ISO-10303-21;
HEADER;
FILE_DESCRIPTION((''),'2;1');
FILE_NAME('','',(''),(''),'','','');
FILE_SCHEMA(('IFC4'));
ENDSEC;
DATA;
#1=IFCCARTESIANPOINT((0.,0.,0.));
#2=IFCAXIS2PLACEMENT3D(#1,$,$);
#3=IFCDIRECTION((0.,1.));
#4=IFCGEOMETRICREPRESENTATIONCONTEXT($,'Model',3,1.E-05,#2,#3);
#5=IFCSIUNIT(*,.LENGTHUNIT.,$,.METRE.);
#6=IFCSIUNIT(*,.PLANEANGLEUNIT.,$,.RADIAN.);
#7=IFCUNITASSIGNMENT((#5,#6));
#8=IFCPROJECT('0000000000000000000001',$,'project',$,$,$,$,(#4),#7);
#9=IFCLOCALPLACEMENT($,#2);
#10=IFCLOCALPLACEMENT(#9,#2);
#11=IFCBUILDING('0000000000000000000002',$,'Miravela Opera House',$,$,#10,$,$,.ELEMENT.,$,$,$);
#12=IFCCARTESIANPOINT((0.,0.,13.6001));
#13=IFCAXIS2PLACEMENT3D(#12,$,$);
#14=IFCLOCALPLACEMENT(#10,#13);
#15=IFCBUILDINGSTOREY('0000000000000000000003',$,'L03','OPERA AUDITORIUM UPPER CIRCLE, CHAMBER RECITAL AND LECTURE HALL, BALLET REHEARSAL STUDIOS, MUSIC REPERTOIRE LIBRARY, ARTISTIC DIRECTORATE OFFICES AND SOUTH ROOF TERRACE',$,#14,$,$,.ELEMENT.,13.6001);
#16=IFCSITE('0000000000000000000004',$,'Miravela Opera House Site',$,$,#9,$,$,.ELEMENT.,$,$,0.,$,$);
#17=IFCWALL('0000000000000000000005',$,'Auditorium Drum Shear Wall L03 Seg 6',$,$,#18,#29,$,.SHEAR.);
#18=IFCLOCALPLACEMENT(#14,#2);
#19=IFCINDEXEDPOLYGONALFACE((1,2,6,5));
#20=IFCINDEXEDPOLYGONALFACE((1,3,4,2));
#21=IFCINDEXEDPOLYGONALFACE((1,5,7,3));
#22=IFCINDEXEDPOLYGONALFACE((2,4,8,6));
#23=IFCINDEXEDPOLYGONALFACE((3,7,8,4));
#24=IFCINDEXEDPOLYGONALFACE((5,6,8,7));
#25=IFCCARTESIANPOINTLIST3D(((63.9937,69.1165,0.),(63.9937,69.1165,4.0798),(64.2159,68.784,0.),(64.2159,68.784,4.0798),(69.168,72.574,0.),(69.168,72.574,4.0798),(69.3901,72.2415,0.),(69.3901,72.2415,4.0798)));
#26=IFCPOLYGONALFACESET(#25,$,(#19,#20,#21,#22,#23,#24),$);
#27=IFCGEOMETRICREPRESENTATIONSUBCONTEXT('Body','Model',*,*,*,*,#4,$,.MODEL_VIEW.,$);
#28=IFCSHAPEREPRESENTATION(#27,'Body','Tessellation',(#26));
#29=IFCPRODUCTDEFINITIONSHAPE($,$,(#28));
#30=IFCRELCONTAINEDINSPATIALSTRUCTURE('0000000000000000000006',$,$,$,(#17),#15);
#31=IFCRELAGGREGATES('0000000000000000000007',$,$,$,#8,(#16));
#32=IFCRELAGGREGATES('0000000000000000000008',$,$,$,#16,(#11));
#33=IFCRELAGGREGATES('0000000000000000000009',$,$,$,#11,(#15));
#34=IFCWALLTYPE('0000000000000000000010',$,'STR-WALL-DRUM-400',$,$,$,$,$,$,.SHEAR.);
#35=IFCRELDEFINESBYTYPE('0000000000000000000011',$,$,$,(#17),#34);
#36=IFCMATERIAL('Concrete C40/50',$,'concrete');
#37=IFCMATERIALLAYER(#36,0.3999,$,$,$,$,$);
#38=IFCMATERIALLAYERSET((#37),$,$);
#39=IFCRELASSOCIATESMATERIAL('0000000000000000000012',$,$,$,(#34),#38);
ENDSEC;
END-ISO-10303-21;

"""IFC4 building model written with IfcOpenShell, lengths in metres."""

from ifc_helpers import new_model, si_unit, direction, frame, frame_2d, origin, place, context, subcontext, project, spatial, rectangle, extrude, material, layer, layer_set, type_object, element, save


model = new_model("IFC4")

# Units and contexts
model_context = context("Model", 3, precision=1e-05, world=origin(), true_north=direction((0.0, 1.0)))
body_context = subcontext(model_context, "Body", "Model", "MODEL_VIEW")
ifc_project = project(units=[si_unit("LENGTHUNIT", "METRE"), si_unit("PLANEANGLEUNIT", "RADIAN")], contexts=[model_context])

# Site, building, storey
site_placement = place(None, origin())
site = spatial("IfcSite", under=ifc_project, at=site_placement, Name="Miravela Opera House Site", CompositionType="ELEMENT", RefElevation=0.0)
building_placement = place(site_placement, origin())
building = spatial("IfcBuilding", under=site, at=building_placement, Name="Miravela Opera House", CompositionType="ELEMENT")
storey_placement = place(building_placement, frame((0.0, 0.0, 13.6001)))
storey = spatial("IfcBuildingStorey", under=building, at=storey_placement, Name="L03", Description="OPERA AUDITORIUM UPPER CIRCLE, CHAMBER RECITAL AND LECTURE HALL, BALLET REHEARSAL STUDIOS, MUSIC REPERTOIRE LIBRARY, ARTISTIC DIRECTORATE OFFICES AND SOUTH ROOF TERRACE", CompositionType="ELEMENT", Elevation=13.6001)

# Shared definitions
ifc_material_1 = material(Name="Concrete C40/50", Category="concrete")

# Wall
ifc_layer_1 = layer(ifc_material_1, 0.3999)
ifc_layer_set_1 = layer_set([ifc_layer_1])
wall_type_1 = type_object("IfcWallType", Name="STR-WALL-DRUM-400", PredefinedType="SHEAR", material=ifc_layer_set_1)
wall_1_placement = place(storey_placement, frame((69.2791, 72.4077, 0.0), z_axis=(0.0, 0.0, 1.0), x_axis=(-0.831458, -0.555587, 0.0)))
element("IfcWall", 1, at=wall_1_placement, inside=storey, type_object=wall_type_1, Name="Auditorium Drum Shear Wall L03 Seg 6", PredefinedType="SHEAR", context=body_context, shape_type="SweptSolid", body=[
    extrude(rectangle(XDim=6.2231, YDim=0.3999, at=frame_2d((3.1116, 0.0))), origin(), (0.0, 0.0, 1.0), 4.0798),
])

save(model, "model.ifc")
